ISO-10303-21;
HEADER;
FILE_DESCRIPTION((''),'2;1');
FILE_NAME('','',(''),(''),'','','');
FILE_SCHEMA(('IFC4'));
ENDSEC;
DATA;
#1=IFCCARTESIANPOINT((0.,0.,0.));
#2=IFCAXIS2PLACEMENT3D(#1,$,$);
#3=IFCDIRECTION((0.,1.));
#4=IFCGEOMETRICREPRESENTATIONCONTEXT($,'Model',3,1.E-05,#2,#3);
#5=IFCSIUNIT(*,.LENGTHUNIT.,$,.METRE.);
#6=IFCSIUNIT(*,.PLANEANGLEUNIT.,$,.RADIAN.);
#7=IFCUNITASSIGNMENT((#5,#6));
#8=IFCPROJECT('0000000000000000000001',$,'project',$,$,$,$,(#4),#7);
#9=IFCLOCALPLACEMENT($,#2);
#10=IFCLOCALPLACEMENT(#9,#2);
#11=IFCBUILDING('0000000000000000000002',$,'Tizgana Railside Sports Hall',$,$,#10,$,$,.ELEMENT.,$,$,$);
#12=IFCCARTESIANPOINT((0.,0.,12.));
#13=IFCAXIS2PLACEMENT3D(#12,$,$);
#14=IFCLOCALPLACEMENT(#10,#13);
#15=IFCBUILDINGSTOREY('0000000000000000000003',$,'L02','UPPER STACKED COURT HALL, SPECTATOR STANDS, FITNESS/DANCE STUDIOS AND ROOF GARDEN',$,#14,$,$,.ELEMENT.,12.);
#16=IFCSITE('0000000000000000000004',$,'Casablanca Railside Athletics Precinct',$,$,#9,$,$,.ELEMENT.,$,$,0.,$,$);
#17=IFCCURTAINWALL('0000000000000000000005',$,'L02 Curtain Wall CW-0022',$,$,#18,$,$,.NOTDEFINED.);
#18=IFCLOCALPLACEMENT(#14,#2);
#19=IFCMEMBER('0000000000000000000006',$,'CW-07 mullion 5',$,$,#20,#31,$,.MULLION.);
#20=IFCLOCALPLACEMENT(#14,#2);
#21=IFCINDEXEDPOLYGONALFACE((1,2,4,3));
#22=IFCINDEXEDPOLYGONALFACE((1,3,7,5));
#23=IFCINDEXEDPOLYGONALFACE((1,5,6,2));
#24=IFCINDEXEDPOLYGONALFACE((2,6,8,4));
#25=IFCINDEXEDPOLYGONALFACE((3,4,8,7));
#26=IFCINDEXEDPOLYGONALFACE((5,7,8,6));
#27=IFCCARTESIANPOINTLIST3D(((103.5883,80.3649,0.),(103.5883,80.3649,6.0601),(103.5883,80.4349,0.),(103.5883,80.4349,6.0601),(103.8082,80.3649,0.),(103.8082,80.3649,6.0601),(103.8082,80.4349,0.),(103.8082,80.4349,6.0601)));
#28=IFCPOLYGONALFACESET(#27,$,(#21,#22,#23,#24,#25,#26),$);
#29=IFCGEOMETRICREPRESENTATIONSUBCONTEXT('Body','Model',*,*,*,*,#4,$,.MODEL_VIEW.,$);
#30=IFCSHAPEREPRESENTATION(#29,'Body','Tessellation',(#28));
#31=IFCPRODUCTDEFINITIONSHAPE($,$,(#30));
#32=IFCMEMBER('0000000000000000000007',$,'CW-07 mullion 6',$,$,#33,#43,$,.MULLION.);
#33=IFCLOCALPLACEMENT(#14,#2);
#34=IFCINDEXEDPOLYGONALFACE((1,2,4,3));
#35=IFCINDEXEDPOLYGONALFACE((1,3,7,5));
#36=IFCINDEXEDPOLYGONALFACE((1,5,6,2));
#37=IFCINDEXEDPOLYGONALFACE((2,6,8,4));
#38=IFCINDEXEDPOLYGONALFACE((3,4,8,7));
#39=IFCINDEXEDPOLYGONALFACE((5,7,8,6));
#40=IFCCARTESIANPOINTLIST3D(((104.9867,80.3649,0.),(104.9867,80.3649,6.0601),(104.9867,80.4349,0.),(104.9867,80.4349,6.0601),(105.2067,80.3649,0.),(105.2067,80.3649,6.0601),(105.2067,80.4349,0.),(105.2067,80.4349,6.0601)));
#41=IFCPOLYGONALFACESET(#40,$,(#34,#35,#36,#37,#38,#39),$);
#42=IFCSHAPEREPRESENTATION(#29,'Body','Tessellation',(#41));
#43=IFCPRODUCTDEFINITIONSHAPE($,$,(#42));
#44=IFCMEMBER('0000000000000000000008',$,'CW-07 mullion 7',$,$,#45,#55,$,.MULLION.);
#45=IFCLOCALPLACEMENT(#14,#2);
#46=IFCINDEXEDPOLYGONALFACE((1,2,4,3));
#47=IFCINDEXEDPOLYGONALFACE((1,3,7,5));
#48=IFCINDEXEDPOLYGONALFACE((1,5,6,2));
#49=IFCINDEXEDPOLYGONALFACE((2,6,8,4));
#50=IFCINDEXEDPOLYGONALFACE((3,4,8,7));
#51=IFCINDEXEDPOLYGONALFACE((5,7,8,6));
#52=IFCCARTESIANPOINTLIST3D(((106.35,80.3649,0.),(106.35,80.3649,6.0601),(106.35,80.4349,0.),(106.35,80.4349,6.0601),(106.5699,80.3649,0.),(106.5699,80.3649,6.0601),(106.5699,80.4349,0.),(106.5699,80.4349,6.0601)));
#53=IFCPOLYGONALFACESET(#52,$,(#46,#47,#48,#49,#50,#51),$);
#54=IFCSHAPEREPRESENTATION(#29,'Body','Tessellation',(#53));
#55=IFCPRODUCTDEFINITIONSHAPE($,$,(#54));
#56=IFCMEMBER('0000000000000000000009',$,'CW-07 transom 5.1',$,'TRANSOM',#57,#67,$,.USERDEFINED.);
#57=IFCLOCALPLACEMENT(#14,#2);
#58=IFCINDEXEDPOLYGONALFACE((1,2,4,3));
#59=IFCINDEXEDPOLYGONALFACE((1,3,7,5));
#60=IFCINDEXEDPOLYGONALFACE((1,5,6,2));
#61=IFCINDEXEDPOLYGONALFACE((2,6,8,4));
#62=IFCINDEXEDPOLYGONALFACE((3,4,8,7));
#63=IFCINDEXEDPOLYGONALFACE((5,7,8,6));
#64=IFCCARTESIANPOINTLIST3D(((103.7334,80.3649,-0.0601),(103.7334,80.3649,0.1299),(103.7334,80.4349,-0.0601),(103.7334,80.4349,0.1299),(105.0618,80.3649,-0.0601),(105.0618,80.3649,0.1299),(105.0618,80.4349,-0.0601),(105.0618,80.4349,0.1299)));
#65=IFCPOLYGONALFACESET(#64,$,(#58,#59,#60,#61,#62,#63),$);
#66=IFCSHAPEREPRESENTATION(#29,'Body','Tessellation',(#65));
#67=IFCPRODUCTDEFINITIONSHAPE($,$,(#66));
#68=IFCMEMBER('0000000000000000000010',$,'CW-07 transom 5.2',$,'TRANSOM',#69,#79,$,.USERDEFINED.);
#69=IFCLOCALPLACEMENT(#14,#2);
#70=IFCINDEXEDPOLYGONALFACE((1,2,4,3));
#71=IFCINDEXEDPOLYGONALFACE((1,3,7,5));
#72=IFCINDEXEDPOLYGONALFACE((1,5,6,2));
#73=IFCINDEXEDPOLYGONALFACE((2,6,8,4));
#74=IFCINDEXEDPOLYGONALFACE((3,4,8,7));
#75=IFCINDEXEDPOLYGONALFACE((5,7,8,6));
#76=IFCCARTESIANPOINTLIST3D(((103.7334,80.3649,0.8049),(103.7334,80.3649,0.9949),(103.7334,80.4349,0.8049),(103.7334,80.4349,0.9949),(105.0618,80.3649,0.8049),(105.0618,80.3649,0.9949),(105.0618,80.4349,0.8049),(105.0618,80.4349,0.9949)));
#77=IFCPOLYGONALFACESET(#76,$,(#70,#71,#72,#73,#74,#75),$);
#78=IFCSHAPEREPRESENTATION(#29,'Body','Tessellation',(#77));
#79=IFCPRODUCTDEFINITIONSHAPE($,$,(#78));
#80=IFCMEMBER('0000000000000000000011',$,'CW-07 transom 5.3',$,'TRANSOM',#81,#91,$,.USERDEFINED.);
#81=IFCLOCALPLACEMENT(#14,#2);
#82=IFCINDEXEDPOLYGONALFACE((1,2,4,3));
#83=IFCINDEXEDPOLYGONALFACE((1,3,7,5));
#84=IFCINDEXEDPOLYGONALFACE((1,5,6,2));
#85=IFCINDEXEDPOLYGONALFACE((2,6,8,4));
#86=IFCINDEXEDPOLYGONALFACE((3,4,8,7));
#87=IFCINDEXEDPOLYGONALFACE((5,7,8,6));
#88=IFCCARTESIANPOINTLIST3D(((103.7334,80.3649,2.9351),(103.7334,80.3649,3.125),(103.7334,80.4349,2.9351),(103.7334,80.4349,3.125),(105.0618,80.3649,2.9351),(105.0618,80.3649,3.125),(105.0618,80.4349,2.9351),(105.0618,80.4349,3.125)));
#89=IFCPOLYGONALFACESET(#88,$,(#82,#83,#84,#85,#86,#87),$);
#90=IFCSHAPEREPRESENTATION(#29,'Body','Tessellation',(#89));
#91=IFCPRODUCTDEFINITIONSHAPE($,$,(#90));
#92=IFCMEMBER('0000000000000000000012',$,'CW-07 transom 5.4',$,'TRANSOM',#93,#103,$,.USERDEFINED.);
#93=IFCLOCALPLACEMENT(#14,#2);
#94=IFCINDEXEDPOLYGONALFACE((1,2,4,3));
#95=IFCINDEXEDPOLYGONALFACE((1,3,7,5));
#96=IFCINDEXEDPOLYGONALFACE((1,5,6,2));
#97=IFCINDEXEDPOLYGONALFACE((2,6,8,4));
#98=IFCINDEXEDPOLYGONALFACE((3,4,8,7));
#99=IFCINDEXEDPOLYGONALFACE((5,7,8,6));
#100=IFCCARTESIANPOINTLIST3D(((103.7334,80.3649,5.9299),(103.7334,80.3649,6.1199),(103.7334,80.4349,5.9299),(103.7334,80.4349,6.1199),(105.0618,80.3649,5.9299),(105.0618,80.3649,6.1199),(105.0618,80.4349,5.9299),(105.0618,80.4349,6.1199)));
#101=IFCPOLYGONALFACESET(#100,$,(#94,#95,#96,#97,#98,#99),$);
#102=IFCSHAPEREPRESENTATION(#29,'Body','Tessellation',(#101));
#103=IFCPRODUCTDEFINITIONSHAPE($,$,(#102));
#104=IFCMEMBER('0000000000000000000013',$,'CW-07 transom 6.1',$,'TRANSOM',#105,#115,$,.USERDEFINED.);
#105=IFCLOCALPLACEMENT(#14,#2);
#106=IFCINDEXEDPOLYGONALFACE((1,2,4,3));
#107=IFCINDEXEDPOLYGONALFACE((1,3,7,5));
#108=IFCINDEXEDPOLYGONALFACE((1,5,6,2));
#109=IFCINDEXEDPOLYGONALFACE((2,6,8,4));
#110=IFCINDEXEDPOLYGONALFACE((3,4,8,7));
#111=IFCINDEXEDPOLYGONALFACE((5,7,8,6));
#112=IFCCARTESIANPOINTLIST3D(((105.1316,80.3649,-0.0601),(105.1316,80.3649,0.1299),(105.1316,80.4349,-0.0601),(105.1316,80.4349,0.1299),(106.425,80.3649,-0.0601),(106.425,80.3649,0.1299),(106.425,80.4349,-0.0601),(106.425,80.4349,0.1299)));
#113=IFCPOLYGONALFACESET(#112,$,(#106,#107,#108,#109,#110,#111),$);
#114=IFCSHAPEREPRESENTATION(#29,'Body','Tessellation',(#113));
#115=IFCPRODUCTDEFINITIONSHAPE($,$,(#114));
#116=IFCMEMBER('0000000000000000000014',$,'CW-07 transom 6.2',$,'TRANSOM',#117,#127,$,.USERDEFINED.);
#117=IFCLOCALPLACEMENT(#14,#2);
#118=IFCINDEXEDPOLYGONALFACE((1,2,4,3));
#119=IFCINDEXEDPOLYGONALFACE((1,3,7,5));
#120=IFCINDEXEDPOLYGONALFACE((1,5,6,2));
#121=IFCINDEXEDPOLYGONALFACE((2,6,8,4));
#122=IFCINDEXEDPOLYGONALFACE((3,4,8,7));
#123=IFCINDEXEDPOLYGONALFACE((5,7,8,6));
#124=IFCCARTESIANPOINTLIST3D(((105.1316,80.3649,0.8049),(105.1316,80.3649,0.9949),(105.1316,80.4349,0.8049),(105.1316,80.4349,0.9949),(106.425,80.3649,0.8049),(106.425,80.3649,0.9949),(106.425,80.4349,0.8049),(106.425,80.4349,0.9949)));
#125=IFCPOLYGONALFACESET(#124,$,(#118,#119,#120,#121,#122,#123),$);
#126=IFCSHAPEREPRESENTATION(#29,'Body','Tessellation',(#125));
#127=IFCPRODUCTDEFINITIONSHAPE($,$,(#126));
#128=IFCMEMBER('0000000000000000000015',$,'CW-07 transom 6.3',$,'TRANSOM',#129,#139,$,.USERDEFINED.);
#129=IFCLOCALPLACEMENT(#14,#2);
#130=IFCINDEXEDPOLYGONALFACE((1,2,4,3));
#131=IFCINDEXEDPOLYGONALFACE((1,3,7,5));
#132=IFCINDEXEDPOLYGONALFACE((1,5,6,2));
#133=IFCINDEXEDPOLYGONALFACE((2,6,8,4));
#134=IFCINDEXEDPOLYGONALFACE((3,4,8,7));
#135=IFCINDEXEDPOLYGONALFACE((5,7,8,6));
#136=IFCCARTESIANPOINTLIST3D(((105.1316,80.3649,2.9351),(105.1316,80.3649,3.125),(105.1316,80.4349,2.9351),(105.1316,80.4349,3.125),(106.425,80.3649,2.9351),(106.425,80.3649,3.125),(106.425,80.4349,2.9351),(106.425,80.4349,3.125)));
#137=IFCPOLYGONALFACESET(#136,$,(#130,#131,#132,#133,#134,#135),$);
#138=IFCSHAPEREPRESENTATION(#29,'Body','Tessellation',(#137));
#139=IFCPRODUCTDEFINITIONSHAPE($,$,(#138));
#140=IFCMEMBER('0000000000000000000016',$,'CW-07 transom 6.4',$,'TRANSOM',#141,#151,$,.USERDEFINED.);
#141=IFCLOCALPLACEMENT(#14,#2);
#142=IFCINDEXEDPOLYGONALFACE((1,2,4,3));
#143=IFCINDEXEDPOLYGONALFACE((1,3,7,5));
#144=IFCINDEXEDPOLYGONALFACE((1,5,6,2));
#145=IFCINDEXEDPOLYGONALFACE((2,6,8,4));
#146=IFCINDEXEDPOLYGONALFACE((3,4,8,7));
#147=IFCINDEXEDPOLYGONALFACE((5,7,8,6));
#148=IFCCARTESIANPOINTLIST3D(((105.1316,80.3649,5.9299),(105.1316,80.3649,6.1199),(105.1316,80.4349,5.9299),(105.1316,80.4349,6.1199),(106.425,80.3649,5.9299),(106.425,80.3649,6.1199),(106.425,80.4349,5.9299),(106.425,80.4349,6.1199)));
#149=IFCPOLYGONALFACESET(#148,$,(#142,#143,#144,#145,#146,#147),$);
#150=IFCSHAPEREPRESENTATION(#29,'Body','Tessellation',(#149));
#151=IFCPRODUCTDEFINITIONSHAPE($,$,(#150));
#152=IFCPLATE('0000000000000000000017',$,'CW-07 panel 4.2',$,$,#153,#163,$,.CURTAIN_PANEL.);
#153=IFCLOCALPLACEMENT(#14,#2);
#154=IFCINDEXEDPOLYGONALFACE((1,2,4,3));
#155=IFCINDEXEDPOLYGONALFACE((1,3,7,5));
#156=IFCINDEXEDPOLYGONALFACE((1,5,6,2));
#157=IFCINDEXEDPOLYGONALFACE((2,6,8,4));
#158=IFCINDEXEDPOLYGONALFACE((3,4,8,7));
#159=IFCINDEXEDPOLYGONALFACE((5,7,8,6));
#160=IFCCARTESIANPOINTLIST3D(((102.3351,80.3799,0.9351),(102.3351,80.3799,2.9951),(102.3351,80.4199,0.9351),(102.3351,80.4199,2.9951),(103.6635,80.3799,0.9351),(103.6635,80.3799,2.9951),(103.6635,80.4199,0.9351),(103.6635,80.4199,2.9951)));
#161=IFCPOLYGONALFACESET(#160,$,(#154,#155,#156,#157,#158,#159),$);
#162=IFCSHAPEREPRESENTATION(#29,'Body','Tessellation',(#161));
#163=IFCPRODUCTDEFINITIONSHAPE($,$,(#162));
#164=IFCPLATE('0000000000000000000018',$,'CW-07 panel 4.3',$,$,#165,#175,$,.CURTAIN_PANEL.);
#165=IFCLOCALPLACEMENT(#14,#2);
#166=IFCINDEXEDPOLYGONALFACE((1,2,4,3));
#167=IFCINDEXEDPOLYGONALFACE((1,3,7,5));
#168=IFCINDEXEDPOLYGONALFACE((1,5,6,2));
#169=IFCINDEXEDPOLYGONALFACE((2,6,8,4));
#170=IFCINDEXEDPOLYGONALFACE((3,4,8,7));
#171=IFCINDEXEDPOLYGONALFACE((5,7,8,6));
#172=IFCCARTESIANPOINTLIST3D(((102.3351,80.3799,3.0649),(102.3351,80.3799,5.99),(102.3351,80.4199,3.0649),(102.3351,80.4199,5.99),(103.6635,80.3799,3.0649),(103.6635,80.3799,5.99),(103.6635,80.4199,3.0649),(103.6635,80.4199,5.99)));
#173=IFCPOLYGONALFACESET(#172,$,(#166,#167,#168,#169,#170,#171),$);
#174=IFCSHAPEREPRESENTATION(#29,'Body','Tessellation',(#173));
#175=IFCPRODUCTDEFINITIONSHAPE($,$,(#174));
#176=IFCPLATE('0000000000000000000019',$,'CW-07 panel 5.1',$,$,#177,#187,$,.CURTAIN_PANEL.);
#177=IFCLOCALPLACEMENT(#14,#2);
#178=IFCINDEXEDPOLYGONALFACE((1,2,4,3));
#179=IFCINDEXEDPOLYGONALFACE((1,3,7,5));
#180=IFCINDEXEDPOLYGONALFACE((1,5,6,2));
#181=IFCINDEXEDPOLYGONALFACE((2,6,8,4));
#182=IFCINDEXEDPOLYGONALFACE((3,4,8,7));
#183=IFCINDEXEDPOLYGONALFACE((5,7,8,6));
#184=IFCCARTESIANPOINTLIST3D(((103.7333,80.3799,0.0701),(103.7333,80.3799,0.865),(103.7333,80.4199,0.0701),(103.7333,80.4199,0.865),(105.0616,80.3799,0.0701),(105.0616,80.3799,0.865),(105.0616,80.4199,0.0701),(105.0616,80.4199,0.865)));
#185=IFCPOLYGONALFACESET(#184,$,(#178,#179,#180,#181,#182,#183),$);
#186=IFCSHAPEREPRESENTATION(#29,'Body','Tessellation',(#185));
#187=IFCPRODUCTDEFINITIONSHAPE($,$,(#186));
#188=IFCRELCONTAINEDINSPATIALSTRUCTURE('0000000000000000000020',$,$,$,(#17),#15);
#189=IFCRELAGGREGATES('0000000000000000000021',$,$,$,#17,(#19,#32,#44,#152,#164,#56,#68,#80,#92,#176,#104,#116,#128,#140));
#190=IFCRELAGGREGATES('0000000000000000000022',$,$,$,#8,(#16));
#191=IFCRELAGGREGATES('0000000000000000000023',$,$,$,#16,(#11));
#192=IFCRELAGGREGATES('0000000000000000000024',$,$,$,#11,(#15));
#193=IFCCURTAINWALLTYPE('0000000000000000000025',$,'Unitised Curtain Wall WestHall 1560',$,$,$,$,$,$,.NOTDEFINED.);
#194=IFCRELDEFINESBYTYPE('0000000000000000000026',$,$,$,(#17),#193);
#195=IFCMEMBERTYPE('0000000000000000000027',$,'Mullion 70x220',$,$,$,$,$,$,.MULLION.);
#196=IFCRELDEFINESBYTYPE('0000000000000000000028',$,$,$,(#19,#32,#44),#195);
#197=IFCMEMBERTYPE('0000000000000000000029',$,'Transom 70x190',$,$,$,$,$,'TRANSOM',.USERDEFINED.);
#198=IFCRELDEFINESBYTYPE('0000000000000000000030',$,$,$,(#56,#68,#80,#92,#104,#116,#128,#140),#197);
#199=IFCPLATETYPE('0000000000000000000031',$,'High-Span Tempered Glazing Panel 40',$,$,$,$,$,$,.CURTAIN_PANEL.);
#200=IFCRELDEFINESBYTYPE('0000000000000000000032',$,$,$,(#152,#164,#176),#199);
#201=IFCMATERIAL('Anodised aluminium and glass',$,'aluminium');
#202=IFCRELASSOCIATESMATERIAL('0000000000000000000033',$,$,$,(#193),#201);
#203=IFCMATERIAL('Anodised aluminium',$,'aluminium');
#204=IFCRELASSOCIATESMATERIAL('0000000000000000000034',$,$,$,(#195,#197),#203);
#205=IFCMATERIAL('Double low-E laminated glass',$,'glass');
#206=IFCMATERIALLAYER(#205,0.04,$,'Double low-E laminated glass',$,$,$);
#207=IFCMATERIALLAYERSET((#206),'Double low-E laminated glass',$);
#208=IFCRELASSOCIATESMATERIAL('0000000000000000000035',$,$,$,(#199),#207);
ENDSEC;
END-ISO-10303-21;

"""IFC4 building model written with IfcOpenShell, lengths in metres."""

from ifc_helpers import new_model, si_unit, direction, frame, origin, origin_2d, place, context, subcontext, project, spatial, rectangle, extrude, material, layer, layer_set, material_profile, profile_set, type_object, element, aggregate, save


model = new_model("IFC4")

# Units and contexts
model_context = context("Model", 3, precision=1e-05, world=origin(), true_north=direction((0.0, 1.0)))
body_context = subcontext(model_context, "Body", "Model", "MODEL_VIEW")
ifc_project = project(units=[si_unit("LENGTHUNIT", "METRE"), si_unit("PLANEANGLEUNIT", "RADIAN")], contexts=[model_context])

# Site, building, storey
site_placement = place(None, origin())
site = spatial("IfcSite", under=ifc_project, at=site_placement, Name="Casablanca Railside Athletics Precinct", CompositionType="ELEMENT", RefElevation=0.0)
building_placement = place(site_placement, origin())
building = spatial("IfcBuilding", under=site, at=building_placement, Name="Tizgana Railside Sports Hall", CompositionType="ELEMENT")
storey_placement = place(building_placement, frame((0.0, 0.0, 12.0)))
storey = spatial("IfcBuildingStorey", under=building, at=storey_placement, Name="L02", Description="UPPER STACKED COURT HALL, SPECTATOR STANDS, FITNESS/DANCE STUDIOS AND ROOF GARDEN", CompositionType="ELEMENT", Elevation=12.0)

# Curtain wall, members, plates
ifc_material_1 = material(Name="Anodised aluminium and glass", Category="aluminium")
curtain_wall_type = type_object("IfcCurtainWallType", Name="Unitised Curtain Wall WestHall 1560", PredefinedType="NOTDEFINED", material=ifc_material_1)
curtain_wall_placement = place(storey_placement, origin())
curtain_wall = element("IfcCurtainWall", 1, at=curtain_wall_placement, inside=storey, type_object=curtain_wall_type, Name="L02 Curtain Wall CW-0022", PredefinedType="NOTDEFINED")
ifc_material_2 = material(Name="Anodised aluminium", Category="aluminium")
ifc_material_profile_1 = material_profile(ifc_material_2, rectangle(XDim=0.0701, YDim=0.22, at=origin_2d()), Name="Mullion 70x220")
ifc_profile_set_1 = profile_set([ifc_material_profile_1], Name="Anodised aluminium")
member_type_1 = type_object("IfcMemberType", Name="Mullion 70x220", PredefinedType="MULLION", material=ifc_profile_set_1)
member_1_placement = place(storey_placement, frame((103.6982, 80.3999, 0.0), z_axis=(0.0, 0.0, 1.0), x_axis=(0.0, 1.0, 0.0)))
member_1 = element("IfcMember", 2, at=member_1_placement, type_object=member_type_1, Name="CW-07 mullion 5", PredefinedType="MULLION", context=body_context, shape_type="SweptSolid", body=[
    extrude(rectangle(XDim=0.0701, YDim=0.22, at=origin_2d()), origin(), (0.0, 0.0, 1.0), 6.0601),
])
member_2_placement = place(storey_placement, frame((105.0967, 80.3999, 0.0), z_axis=(0.0, 0.0, 1.0), x_axis=(0.0, 1.0, 0.0)))
member_2 = element("IfcMember", 3, at=member_2_placement, type_object=member_type_1, Name="CW-07 mullion 6", PredefinedType="MULLION", context=body_context, shape_type="SweptSolid", body=[
    extrude(rectangle(XDim=0.0701, YDim=0.22, at=origin_2d()), origin(), (0.0, 0.0, 1.0), 6.0601),
])
member_3_placement = place(storey_placement, frame((106.46, 80.3999, 0.0), z_axis=(0.0, 0.0, 1.0), x_axis=(0.0, 1.0, 0.0)))
member_3 = element("IfcMember", 4, at=member_3_placement, type_object=member_type_1, Name="CW-07 mullion 7", PredefinedType="MULLION", context=body_context, shape_type="SweptSolid", body=[
    extrude(rectangle(XDim=0.0701, YDim=0.22, at=origin_2d()), origin(), (0.0, 0.0, 1.0), 6.0601),
])
ifc_material_profile_2 = material_profile(ifc_material_2, rectangle(XDim=0.0701, YDim=0.1899, at=origin_2d()), Name="Transom 70x190")
ifc_profile_set_2 = profile_set([ifc_material_profile_2], Name="Anodised aluminium")
member_type_2 = type_object("IfcMemberType", Name="Transom 70x190", ElementType="TRANSOM", PredefinedType="USERDEFINED", material=ifc_profile_set_2)
member_4_placement = place(storey_placement, frame((103.7334, 80.3999, 0.0349), z_axis=(1.0, 0.0, 0.0), x_axis=(0.0, 1.0, 0.0)))
member_4 = element("IfcMember", 5, at=member_4_placement, type_object=member_type_2, Name="CW-07 transom 5.1", ObjectType="TRANSOM", PredefinedType="USERDEFINED", context=body_context, shape_type="SweptSolid", body=[
    extrude(rectangle(XDim=0.0701, YDim=0.1899, at=origin_2d()), origin(), (0.0, 0.0, 1.0), 1.3284),
])
member_5_placement = place(storey_placement, frame((103.7334, 80.3999, 0.8999), z_axis=(1.0, 0.0, 0.0), x_axis=(0.0, 1.0, 0.0)))
member_5 = element("IfcMember", 6, at=member_5_placement, type_object=member_type_2, Name="CW-07 transom 5.2", ObjectType="TRANSOM", PredefinedType="USERDEFINED", context=body_context, shape_type="SweptSolid", body=[
    extrude(rectangle(XDim=0.0701, YDim=0.1899, at=origin_2d()), origin(), (0.0, 0.0, 1.0), 1.3284),
])
member_6_placement = place(storey_placement, frame((103.7334, 80.3999, 3.03), z_axis=(1.0, 0.0, 0.0), x_axis=(0.0, 1.0, 0.0)))
member_6 = element("IfcMember", 7, at=member_6_placement, type_object=member_type_2, Name="CW-07 transom 5.3", ObjectType="TRANSOM", PredefinedType="USERDEFINED", context=body_context, shape_type="SweptSolid", body=[
    extrude(rectangle(XDim=0.0701, YDim=0.1899, at=origin_2d()), origin(), (0.0, 0.0, 1.0), 1.3284),
])
member_7_placement = place(storey_placement, frame((103.7334, 80.3999, 6.0249), z_axis=(1.0, 0.0, 0.0), x_axis=(0.0, 1.0, 0.0)))
member_7 = element("IfcMember", 8, at=member_7_placement, type_object=member_type_2, Name="CW-07 transom 5.4", ObjectType="TRANSOM", PredefinedType="USERDEFINED", context=body_context, shape_type="SweptSolid", body=[
    extrude(rectangle(XDim=0.0701, YDim=0.1899, at=origin_2d()), origin(), (0.0, 0.0, 1.0), 1.3284),
])
member_8_placement = place(storey_placement, frame((105.1316, 80.3999, 0.0349), z_axis=(1.0, 0.0, 0.0), x_axis=(0.0, 1.0, 0.0)))
member_8 = element("IfcMember", 9, at=member_8_placement, type_object=member_type_2, Name="CW-07 transom 6.1", ObjectType="TRANSOM", PredefinedType="USERDEFINED", context=body_context, shape_type="SweptSolid", body=[
    extrude(rectangle(XDim=0.0701, YDim=0.1899, at=origin_2d()), origin(), (0.0, 0.0, 1.0), 1.2935),
])
member_9_placement = place(storey_placement, frame((105.1316, 80.3999, 0.8999), z_axis=(1.0, 0.0, 0.0), x_axis=(0.0, 1.0, 0.0)))
member_9 = element("IfcMember", 10, at=member_9_placement, type_object=member_type_2, Name="CW-07 transom 6.2", ObjectType="TRANSOM", PredefinedType="USERDEFINED", context=body_context, shape_type="SweptSolid", body=[
    extrude(rectangle(XDim=0.0701, YDim=0.1899, at=origin_2d()), origin(), (0.0, 0.0, 1.0), 1.2935),
])
member_10_placement = place(storey_placement, frame((105.1316, 80.3999, 3.03), z_axis=(1.0, 0.0, 0.0), x_axis=(0.0, 1.0, 0.0)))
member_10 = element("IfcMember", 11, at=member_10_placement, type_object=member_type_2, Name="CW-07 transom 6.3", ObjectType="TRANSOM", PredefinedType="USERDEFINED", context=body_context, shape_type="SweptSolid", body=[
    extrude(rectangle(XDim=0.0701, YDim=0.1899, at=origin_2d()), origin(), (0.0, 0.0, 1.0), 1.2935),
])
member_11_placement = place(storey_placement, frame((105.1316, 80.3999, 6.0249), z_axis=(1.0, 0.0, 0.0), x_axis=(0.0, 1.0, 0.0)))
member_11 = element("IfcMember", 12, at=member_11_placement, type_object=member_type_2, Name="CW-07 transom 6.4", ObjectType="TRANSOM", PredefinedType="USERDEFINED", context=body_context, shape_type="SweptSolid", body=[
    extrude(rectangle(XDim=0.0701, YDim=0.1899, at=origin_2d()), origin(), (0.0, 0.0, 1.0), 1.2935),
])
ifc_material_3 = material(Name="Double low-E laminated glass", Category="glass")
ifc_layer_1 = layer(ifc_material_3, 0.04, Name="Double low-E laminated glass")
ifc_layer_set_1 = layer_set([ifc_layer_1], Name="Double low-E laminated glass")
plate_type = type_object("IfcPlateType", Name="High-Span Tempered Glazing Panel 40", PredefinedType="CURTAIN_PANEL", material=ifc_layer_set_1)
plate_1_placement = place(storey_placement, frame((102.9993, 80.3999, 0.9351), z_axis=(0.0, 0.0, 1.0), x_axis=(1.0, 0.0, 0.0)))
plate_1 = element("IfcPlate", 13, at=plate_1_placement, type_object=plate_type, Name="CW-07 panel 4.2", PredefinedType="CURTAIN_PANEL", context=body_context, shape_type="SweptSolid", body=[
    extrude(rectangle(XDim=1.3284, YDim=0.04, at=origin_2d()), origin(), (0.0, 0.0, 1.0), 2.0601),
])
plate_2_placement = place(storey_placement, frame((102.9993, 80.3999, 3.0649), z_axis=(0.0, 0.0, 1.0), x_axis=(1.0, 0.0, 0.0)))
plate_2 = element("IfcPlate", 14, at=plate_2_placement, type_object=plate_type, Name="CW-07 panel 4.3", PredefinedType="CURTAIN_PANEL", context=body_context, shape_type="SweptSolid", body=[
    extrude(rectangle(XDim=1.3284, YDim=0.04, at=origin_2d()), origin(), (0.0, 0.0, 1.0), 2.925),
])
plate_3_placement = place(storey_placement, frame((104.3975, 80.3999, 0.0701), z_axis=(0.0, 0.0, 1.0), x_axis=(1.0, 0.0, 0.0)))
plate_3 = element("IfcPlate", 15, at=plate_3_placement, type_object=plate_type, Name="CW-07 panel 5.1", PredefinedType="CURTAIN_PANEL", context=body_context, shape_type="SweptSolid", body=[
    extrude(rectangle(XDim=1.3284, YDim=0.04, at=origin_2d()), origin(), (0.0, 0.0, 1.0), 0.7949),
])
aggregate(curtain_wall, [member_1, member_2, member_3, plate_1, plate_2, member_4, member_5, member_6, member_7, plate_3, member_8, member_9, member_10, member_11])

save(model, "model.ifc")
